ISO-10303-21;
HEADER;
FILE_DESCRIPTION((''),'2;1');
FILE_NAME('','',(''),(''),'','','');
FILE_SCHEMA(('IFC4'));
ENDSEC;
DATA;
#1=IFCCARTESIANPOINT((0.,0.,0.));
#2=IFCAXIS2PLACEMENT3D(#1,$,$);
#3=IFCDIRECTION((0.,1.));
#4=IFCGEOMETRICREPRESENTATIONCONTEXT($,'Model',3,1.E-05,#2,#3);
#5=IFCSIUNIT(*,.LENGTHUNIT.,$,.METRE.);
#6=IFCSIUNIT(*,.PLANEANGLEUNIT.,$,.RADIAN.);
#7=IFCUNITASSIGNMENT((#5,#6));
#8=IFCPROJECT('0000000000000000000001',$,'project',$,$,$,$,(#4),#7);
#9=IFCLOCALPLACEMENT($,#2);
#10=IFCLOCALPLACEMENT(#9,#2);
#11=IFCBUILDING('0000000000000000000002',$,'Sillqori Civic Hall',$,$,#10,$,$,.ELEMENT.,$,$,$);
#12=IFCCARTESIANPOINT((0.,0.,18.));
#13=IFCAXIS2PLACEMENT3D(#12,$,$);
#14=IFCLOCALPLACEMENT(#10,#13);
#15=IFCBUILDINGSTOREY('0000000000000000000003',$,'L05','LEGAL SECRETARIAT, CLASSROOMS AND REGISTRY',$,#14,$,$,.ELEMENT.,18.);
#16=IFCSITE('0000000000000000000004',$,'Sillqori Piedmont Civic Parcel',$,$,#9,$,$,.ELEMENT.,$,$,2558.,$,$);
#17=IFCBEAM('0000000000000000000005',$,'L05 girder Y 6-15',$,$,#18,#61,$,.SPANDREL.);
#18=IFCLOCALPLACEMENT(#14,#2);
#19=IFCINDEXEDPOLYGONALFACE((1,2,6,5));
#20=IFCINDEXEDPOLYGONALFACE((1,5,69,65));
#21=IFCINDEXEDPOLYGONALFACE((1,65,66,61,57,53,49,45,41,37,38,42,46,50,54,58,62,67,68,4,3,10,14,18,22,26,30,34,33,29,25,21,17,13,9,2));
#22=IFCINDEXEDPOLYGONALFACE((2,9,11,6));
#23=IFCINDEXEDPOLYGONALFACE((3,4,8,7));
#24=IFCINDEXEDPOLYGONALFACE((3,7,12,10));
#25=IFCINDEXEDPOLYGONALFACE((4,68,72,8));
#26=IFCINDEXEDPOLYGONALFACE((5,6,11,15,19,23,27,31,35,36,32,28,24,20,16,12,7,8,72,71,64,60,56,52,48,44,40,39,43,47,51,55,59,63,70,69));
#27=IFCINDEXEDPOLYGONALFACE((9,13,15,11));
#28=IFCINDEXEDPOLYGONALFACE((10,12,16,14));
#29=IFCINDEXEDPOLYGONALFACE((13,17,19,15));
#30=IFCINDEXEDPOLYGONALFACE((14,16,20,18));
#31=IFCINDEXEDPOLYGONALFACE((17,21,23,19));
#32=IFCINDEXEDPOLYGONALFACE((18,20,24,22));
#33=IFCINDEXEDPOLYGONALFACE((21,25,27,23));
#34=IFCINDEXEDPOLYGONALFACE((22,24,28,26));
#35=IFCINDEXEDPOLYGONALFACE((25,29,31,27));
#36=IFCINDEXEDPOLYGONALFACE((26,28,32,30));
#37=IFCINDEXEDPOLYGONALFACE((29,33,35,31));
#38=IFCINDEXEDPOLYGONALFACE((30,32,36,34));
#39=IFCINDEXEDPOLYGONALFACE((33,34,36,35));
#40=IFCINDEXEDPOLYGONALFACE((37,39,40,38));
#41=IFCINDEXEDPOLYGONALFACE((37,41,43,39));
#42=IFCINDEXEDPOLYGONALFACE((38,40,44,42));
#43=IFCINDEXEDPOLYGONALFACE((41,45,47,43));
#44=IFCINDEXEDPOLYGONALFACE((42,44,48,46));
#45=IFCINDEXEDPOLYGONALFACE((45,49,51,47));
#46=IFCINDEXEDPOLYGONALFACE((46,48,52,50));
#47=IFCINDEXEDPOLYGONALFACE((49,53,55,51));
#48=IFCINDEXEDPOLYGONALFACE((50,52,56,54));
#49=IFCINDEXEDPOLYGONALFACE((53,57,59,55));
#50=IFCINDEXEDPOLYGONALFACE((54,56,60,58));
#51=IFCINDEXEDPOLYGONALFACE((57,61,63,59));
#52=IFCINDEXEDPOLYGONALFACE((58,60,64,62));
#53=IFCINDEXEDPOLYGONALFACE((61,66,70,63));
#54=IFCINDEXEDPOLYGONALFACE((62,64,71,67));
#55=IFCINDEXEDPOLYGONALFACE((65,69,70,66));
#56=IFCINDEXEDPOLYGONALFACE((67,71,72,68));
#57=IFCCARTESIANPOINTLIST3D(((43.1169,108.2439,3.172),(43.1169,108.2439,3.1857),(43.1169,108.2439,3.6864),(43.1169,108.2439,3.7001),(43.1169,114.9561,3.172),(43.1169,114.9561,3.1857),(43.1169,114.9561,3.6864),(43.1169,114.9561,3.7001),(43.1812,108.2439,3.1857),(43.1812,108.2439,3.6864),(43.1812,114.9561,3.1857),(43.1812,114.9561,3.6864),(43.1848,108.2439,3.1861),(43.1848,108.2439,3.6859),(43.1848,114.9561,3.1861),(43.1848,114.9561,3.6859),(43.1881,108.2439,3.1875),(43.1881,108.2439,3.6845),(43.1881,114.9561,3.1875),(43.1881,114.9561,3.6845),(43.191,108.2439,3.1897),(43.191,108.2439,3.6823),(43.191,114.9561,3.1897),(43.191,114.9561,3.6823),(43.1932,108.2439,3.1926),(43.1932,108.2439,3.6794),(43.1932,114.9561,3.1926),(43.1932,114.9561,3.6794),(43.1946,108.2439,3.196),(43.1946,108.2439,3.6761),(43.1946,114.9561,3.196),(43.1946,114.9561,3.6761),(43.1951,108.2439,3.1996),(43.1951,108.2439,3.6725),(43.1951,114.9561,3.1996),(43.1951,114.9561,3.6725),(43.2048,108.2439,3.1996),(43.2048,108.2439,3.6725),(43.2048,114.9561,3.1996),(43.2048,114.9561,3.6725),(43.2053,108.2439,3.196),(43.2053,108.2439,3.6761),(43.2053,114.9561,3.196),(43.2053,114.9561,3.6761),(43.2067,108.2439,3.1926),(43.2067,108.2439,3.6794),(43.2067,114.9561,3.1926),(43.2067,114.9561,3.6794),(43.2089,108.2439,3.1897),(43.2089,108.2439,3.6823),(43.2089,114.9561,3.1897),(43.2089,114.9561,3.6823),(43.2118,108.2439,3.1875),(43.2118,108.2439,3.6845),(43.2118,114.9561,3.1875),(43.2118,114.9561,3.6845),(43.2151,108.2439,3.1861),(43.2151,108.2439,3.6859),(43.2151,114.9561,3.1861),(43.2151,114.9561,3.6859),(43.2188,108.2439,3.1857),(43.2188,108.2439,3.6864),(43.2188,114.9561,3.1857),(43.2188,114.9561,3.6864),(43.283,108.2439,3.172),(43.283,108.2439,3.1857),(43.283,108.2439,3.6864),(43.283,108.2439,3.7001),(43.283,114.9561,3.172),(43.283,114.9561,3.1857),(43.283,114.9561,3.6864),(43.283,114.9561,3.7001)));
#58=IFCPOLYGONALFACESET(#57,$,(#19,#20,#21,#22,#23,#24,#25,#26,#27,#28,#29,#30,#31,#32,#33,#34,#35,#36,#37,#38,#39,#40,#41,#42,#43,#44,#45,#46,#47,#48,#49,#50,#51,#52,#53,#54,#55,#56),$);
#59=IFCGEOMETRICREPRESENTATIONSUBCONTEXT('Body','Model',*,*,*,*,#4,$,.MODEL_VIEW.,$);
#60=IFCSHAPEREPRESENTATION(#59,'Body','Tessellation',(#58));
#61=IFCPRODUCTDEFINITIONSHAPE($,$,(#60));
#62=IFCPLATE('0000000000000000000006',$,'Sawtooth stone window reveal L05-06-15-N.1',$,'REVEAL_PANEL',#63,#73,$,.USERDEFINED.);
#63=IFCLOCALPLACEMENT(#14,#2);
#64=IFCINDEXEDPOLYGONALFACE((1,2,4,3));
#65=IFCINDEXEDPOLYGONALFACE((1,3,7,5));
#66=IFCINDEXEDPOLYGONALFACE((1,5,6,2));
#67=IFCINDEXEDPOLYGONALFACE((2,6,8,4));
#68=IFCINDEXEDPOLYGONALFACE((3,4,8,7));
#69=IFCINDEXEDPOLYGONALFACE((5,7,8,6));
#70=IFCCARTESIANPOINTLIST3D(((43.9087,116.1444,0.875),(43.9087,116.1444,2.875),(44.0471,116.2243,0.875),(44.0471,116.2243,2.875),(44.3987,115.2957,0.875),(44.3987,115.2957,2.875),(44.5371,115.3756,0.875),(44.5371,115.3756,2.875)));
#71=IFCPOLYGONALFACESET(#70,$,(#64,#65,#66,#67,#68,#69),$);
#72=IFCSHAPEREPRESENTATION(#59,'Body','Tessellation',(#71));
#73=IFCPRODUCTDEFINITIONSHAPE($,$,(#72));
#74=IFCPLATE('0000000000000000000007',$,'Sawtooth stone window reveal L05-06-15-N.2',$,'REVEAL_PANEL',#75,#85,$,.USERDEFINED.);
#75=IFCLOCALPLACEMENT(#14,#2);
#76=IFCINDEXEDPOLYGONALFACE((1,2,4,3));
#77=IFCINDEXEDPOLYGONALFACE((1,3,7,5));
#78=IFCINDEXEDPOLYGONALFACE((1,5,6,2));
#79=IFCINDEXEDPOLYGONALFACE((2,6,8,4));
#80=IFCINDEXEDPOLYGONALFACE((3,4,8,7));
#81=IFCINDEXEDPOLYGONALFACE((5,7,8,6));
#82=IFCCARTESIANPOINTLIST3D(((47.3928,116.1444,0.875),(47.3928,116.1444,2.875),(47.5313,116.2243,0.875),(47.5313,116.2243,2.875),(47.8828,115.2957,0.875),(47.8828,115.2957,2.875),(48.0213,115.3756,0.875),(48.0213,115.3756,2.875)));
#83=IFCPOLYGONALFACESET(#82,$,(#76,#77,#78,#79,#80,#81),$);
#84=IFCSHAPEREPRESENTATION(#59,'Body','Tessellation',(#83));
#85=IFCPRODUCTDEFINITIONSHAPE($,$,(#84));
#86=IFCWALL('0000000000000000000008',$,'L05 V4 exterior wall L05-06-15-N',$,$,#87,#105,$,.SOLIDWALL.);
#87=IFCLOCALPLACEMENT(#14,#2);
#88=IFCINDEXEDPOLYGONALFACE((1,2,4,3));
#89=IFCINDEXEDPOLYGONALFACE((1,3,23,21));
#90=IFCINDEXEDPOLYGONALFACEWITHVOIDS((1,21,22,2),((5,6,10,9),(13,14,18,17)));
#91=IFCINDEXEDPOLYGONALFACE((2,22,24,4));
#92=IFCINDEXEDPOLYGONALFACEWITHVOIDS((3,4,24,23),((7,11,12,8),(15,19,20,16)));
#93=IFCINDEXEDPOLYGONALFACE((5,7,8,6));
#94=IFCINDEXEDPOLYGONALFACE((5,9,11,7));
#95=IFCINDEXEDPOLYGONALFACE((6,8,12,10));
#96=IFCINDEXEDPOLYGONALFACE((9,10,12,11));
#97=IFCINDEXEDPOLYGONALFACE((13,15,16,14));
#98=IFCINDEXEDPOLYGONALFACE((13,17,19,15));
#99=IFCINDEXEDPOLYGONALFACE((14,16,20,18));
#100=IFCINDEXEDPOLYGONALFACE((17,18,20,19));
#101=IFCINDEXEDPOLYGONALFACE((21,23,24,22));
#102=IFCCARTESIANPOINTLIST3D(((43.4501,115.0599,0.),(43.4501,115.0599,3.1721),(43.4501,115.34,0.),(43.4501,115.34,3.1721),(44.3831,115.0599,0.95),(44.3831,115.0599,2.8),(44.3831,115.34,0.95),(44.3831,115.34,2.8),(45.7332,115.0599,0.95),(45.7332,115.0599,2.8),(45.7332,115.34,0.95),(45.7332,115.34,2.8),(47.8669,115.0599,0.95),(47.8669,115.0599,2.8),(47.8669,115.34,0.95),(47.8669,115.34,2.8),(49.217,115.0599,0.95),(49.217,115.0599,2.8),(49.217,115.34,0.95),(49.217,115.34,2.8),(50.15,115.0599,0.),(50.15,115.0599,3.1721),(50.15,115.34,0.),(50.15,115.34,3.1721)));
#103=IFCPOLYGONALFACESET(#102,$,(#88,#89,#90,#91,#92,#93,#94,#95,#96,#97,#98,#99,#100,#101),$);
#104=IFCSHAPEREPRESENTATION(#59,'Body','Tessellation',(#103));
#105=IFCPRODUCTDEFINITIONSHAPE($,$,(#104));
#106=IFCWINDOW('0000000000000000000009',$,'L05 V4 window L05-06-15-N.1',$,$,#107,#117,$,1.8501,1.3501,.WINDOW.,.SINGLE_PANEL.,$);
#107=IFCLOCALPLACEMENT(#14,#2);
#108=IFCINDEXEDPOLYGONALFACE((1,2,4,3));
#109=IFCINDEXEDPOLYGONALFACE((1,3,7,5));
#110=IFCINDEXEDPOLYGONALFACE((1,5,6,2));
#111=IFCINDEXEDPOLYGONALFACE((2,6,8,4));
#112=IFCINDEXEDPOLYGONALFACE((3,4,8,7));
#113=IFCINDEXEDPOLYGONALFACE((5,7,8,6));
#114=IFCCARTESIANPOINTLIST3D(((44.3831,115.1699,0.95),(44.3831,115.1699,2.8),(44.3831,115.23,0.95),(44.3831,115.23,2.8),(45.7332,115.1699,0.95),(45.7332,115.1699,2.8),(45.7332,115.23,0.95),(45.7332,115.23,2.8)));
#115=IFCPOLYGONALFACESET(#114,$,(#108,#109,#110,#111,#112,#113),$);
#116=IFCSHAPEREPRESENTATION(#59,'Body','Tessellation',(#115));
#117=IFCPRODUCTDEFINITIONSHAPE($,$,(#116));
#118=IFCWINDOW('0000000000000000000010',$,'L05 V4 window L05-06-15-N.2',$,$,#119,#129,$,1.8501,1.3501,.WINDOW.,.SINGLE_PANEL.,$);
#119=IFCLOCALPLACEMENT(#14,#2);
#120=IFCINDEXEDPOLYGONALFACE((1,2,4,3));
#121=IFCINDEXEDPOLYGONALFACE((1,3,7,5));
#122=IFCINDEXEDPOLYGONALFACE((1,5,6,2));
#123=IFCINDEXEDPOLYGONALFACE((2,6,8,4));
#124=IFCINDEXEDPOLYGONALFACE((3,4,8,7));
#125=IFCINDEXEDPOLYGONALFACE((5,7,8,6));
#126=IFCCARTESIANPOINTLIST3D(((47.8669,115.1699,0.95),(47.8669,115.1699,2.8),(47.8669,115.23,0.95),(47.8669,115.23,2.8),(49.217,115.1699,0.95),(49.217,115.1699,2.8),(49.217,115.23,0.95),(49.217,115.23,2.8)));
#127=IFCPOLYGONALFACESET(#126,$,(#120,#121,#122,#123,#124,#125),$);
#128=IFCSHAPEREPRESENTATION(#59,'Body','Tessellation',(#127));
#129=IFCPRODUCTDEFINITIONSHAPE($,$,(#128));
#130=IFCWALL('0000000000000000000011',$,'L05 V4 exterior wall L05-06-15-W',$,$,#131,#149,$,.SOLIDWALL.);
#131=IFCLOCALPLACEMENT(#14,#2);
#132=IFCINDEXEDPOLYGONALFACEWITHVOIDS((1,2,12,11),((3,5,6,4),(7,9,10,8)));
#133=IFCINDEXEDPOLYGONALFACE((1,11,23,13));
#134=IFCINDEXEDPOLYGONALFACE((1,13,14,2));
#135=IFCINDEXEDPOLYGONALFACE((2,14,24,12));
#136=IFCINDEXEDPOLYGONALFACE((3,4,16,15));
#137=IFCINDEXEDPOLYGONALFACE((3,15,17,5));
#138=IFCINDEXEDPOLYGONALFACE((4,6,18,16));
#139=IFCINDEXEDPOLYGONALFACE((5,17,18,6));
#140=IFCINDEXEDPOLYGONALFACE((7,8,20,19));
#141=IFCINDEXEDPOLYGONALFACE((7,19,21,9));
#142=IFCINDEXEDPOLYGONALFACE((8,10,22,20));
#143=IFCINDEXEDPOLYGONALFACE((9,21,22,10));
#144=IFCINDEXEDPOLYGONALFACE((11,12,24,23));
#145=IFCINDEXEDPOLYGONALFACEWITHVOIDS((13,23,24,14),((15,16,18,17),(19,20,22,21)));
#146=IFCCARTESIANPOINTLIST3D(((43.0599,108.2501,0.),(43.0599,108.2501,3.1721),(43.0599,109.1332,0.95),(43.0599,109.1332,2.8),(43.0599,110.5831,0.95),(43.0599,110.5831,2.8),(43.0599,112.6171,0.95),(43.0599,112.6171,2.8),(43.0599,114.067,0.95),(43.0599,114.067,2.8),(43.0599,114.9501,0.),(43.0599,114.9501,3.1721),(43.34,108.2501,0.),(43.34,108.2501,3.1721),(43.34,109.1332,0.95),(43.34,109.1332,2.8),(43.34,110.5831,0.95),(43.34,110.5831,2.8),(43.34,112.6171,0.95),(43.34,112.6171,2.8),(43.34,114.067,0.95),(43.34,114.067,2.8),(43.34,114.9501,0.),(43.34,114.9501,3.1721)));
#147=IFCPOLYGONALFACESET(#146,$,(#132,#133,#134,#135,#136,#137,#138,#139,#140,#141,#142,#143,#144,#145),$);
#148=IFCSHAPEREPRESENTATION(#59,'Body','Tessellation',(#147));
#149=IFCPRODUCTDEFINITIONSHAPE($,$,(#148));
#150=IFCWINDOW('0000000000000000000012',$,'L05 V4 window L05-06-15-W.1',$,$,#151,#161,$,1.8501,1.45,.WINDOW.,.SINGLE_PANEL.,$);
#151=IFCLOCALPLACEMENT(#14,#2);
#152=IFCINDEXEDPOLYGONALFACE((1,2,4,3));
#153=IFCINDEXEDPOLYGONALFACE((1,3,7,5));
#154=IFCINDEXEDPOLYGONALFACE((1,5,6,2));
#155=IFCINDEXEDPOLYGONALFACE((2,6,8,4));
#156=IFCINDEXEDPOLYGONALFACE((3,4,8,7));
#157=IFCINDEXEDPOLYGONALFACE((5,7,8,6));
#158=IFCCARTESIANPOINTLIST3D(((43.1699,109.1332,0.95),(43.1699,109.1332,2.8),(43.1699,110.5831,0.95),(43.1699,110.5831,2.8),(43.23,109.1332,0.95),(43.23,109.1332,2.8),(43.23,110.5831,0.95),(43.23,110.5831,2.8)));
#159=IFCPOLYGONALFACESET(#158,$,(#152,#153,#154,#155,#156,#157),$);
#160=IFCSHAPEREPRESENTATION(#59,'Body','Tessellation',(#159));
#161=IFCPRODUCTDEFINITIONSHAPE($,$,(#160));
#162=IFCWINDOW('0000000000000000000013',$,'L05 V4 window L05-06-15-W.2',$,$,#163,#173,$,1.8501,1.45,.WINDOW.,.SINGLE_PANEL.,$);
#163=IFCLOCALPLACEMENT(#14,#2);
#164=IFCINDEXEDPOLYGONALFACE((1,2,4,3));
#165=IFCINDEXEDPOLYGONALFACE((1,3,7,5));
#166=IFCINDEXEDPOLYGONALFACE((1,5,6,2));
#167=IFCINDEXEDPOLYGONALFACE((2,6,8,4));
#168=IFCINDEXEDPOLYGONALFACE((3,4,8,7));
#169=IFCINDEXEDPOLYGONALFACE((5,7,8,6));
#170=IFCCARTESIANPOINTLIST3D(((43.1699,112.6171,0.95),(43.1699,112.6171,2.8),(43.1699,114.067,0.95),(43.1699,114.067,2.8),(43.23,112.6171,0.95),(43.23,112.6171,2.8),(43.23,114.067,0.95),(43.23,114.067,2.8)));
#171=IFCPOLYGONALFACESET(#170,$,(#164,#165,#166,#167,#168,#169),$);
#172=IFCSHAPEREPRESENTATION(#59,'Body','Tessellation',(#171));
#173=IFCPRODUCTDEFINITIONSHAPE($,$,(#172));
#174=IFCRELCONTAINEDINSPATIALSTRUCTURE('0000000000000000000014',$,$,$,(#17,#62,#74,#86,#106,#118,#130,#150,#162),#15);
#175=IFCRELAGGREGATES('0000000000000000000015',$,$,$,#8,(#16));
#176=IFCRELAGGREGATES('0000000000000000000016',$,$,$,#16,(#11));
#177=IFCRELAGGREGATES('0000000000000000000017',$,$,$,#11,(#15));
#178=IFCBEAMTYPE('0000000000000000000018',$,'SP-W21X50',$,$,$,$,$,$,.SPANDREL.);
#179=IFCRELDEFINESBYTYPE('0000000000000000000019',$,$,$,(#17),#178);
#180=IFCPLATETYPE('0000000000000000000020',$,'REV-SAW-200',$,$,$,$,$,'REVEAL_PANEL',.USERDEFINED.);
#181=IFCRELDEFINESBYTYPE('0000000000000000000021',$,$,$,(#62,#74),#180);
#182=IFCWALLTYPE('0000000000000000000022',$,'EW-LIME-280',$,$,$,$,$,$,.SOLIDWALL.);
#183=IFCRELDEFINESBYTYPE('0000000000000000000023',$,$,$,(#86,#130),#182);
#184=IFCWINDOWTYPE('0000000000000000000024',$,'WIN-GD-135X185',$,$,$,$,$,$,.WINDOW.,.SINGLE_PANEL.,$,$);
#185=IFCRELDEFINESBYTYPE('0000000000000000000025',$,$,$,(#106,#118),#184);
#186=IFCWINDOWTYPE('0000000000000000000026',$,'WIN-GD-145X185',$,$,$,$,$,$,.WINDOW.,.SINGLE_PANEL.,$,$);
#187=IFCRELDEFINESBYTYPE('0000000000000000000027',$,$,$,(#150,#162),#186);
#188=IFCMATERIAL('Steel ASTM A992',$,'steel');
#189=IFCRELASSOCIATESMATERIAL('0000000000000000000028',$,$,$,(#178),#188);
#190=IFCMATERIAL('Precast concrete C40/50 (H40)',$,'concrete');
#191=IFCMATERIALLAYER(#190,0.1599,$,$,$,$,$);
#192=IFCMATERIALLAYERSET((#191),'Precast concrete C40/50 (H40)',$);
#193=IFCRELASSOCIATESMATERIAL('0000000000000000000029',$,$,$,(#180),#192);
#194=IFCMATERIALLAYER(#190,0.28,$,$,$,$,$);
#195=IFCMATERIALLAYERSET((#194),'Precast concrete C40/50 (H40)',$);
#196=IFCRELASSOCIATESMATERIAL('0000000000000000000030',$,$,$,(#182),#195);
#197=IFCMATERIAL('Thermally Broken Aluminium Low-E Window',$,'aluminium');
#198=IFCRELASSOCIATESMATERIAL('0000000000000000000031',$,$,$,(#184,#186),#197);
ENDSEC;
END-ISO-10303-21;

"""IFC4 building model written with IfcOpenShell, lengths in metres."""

from ifc_helpers import new_model, si_unit, direction, frame, frame_2d, origin, origin_2d, place, context, subcontext, project, spatial, rectangle, i_section, extrude, material, layer, layer_set, material_profile, profile_set, type_object, element, fill, save


model = new_model("IFC4")

# Units and contexts
model_context = context("Model", 3, precision=1e-05, world=origin(), true_north=direction((0.0, 1.0)))
body_context = subcontext(model_context, "Body", "Model", "MODEL_VIEW")
ifc_project = project(units=[si_unit("LENGTHUNIT", "METRE"), si_unit("PLANEANGLEUNIT", "RADIAN")], contexts=[model_context])

# Site, building, storey
site_placement = place(None, origin())
site = spatial("IfcSite", under=ifc_project, at=site_placement, Name="Sillqori Piedmont Civic Parcel", CompositionType="ELEMENT", RefElevation=2558.0)
building_placement = place(site_placement, origin())
building = spatial("IfcBuilding", under=site, at=building_placement, Name="Sillqori Civic Hall", CompositionType="ELEMENT")
storey_placement = place(building_placement, frame((0.0, 0.0, 18.0)))
storey = spatial("IfcBuildingStorey", under=building, at=storey_placement, Name="L05", Description="LEGAL SECRETARIAT, CLASSROOMS AND REGISTRY", CompositionType="ELEMENT", Elevation=18.0)

# Beam
ifc_material_1 = material(Name="Steel ASTM A992", Category="steel")
ifc_material_profile_1 = material_profile(ifc_material_1, i_section(OverallWidth=0.166, OverallDepth=0.5281, WebThickness=0.0098, FlangeThickness=0.0137, FilletRadius=0.0139, at=origin_2d()), Name="W21X50")
ifc_profile_set_1 = profile_set([ifc_material_profile_1], Name="Steel ASTM A992")
beam_type_1 = type_object("IfcBeamType", Name="SP-W21X50", PredefinedType="SPANDREL", material=ifc_profile_set_1)
beam_1_placement = place(storey_placement, frame((43.2, 108.2439, 3.436), z_axis=(0.0, 1.0, 0.0), x_axis=(-1.0, 0.0, 0.0)))
element("IfcBeam", 1, at=beam_1_placement, inside=storey, type_object=beam_type_1, Name="L05 girder Y 6-15", PredefinedType="SPANDREL", context=body_context, shape_type="SweptSolid", body=[
    extrude(i_section(OverallWidth=0.166, OverallDepth=0.5281, WebThickness=0.0098, FlangeThickness=0.0137, FilletRadius=0.0139, at=origin_2d()), origin(), (0.0, 0.0, 1.0), 6.7122),
])

# Plates
ifc_material_2 = material(Name="Precast concrete C40/50 (H40)", Category="concrete")
ifc_layer_1 = layer(ifc_material_2, 0.1599)
ifc_layer_set_1 = layer_set([ifc_layer_1], Name="Precast concrete C40/50 (H40)")
plate_type = type_object("IfcPlateType", Name="REV-SAW-200", ElementType="REVEAL_PANEL", PredefinedType="USERDEFINED", material=ifc_layer_set_1)
for number, where, z_axis, x_axis, name in (
    (2, (44.2229, 115.76, 0.875), (0.0, 0.0, 1.0), (0.866025, 0.5, 0.0), "Sawtooth stone window reveal L05-06-15-N.1"),
    (3, (47.707, 115.76, 0.875), (0.0, 0.0, 1.0), (0.866025, 0.5, 0.0), "Sawtooth stone window reveal L05-06-15-N.2"),
):
    element("IfcPlate", number, at=place(storey_placement, frame(where, z_axis=z_axis, x_axis=x_axis)), inside=storey, type_object=plate_type, Name=name, ObjectType="REVEAL_PANEL", PredefinedType="USERDEFINED", context=body_context, shape_type="SweptSolid", body=[
        extrude(rectangle(XDim=0.1599, YDim=0.98, at=origin_2d()), origin(), (0.0, 0.0, 1.0), 2.0),
    ])

# Walls, openings, windows
ifc_layer_2 = layer(ifc_material_2, 0.28)
ifc_layer_set_2 = layer_set([ifc_layer_2], Name="Precast concrete C40/50 (H40)")
wall_type_1 = type_object("IfcWallType", Name="EW-LIME-280", PredefinedType="SOLIDWALL", material=ifc_layer_set_2)
wall_1_placement = place(storey_placement, frame((43.45, 115.2, 0.0), z_axis=(0.0, 0.0, 1.0), x_axis=(1.0, 0.0, 0.0)))
wall_1 = element("IfcWall", 4, at=wall_1_placement, inside=storey, type_object=wall_type_1, Name="L05 V4 exterior wall L05-06-15-N", PredefinedType="SOLIDWALL", context=body_context, shape_type="SweptSolid", body=[
    extrude(rectangle(XDim=6.7, YDim=0.28, at=frame_2d((3.3501, 0.0))), origin(), (0.0, 0.0, 1.0), 3.1721),
])
opening_1_placement = place(wall_1_placement, frame((0.9331, 0.0, 0.95)))
opening_1 = element("IfcOpeningElement", 5, at=opening_1_placement, cuts=wall_1, PredefinedType="OPENING", context=body_context, shape_type="SweptSolid", body=[
    extrude(rectangle(XDim=1.3501, YDim=1.8501, at=frame_2d((0.675, 0.925))), frame((0.0, 0.1499, 0.0), z_axis=(0.0, -1.0, 0.0), x_axis=(1.0, 0.0, 0.0)), (0.0, 0.0, 1.0), 0.3),
])
opening_2_placement = place(wall_1_placement, frame((4.417, 0.0, 0.95)))
opening_2 = element("IfcOpeningElement", 6, at=opening_2_placement, cuts=wall_1, PredefinedType="OPENING", context=body_context, shape_type="SweptSolid", body=[
    extrude(rectangle(XDim=1.3501, YDim=1.8501, at=frame_2d((0.675, 0.925))), frame((0.0, 0.1499, 0.0), z_axis=(0.0, -1.0, 0.0), x_axis=(1.0, 0.0, 0.0)), (0.0, 0.0, 1.0), 0.3),
])
ifc_material_3 = material(Name="Thermally Broken Aluminium Low-E Window", Category="aluminium")
window_type_1 = type_object("IfcWindowType", Name="WIN-GD-135X185", PartitioningType="SINGLE_PANEL", PredefinedType="WINDOW", material=ifc_material_3)
window_1_placement = place(opening_1_placement, origin())
window_1 = element("IfcWindow", 7, at=window_1_placement, inside=storey, type_object=window_type_1, Name="L05 V4 window L05-06-15-N.1", OverallHeight=1.8501, OverallWidth=1.3501, PartitioningType="SINGLE_PANEL", PredefinedType="WINDOW", context=body_context, shape_type="SweptSolid", body=[
    extrude(rectangle(XDim=1.3501, YDim=1.8501, at=frame_2d((0.675, 0.925))), frame((0.0, 0.03, 0.0), z_axis=(0.0, -1.0, 0.0), x_axis=(1.0, 0.0, 0.0)), (0.0, 0.0, 1.0), 0.0601),
])
fill(opening_1, window_1)
window_2_placement = place(opening_2_placement, origin())
window_2 = element("IfcWindow", 8, at=window_2_placement, inside=storey, type_object=window_type_1, Name="L05 V4 window L05-06-15-N.2", OverallHeight=1.8501, OverallWidth=1.3501, PartitioningType="SINGLE_PANEL", PredefinedType="WINDOW", context=body_context, shape_type="SweptSolid", body=[
    extrude(rectangle(XDim=1.3501, YDim=1.8501, at=frame_2d((0.675, 0.925))), frame((0.0, 0.03, 0.0), z_axis=(0.0, -1.0, 0.0), x_axis=(1.0, 0.0, 0.0)), (0.0, 0.0, 1.0), 0.0601),
])
fill(opening_2, window_2)
wall_2_placement = place(storey_placement, frame((43.2, 108.25, 0.0), z_axis=(0.0, 0.0, 1.0), x_axis=(0.0, 1.0, 0.0)))
wall_2 = element("IfcWall", 9, at=wall_2_placement, inside=storey, type_object=wall_type_1, Name="L05 V4 exterior wall L05-06-15-W", PredefinedType="SOLIDWALL", context=body_context, shape_type="SweptSolid", body=[
    extrude(rectangle(XDim=6.7, YDim=0.28, at=frame_2d((3.3501, 0.0))), origin(), (0.0, 0.0, 1.0), 3.1721),
])
opening_3_placement = place(wall_2_placement, frame((0.8831, 0.0, 0.95)))
opening_3 = element("IfcOpeningElement", 10, at=opening_3_placement, cuts=wall_2, PredefinedType="OPENING", context=body_context, shape_type="SweptSolid", body=[
    extrude(rectangle(XDim=1.45, YDim=1.8501, at=frame_2d((0.7251, 0.925))), frame((0.0, 0.1499, 0.0), z_axis=(0.0, -1.0, 0.0), x_axis=(1.0, 0.0, 0.0)), (0.0, 0.0, 1.0), 0.3),
])
opening_4_placement = place(wall_2_placement, frame((4.3669, 0.0, 0.95)))
opening_4 = element("IfcOpeningElement", 11, at=opening_4_placement, cuts=wall_2, PredefinedType="OPENING", context=body_context, shape_type="SweptSolid", body=[
    extrude(rectangle(XDim=1.45, YDim=1.8501, at=frame_2d((0.7251, 0.925))), frame((0.0, 0.1499, 0.0), z_axis=(0.0, -1.0, 0.0), x_axis=(1.0, 0.0, 0.0)), (0.0, 0.0, 1.0), 0.3),
])
window_type_2 = type_object("IfcWindowType", Name="WIN-GD-145X185", PartitioningType="SINGLE_PANEL", PredefinedType="WINDOW", material=ifc_material_3)
window_3_placement = place(opening_3_placement, origin())
window_3 = element("IfcWindow", 12, at=window_3_placement, inside=storey, type_object=window_type_2, Name="L05 V4 window L05-06-15-W.1", OverallHeight=1.8501, OverallWidth=1.45, PartitioningType="SINGLE_PANEL", PredefinedType="WINDOW", context=body_context, shape_type="SweptSolid", body=[
    extrude(rectangle(XDim=1.45, YDim=1.8501, at=frame_2d((0.7251, 0.925))), frame((0.0, 0.03, 0.0), z_axis=(0.0, -1.0, 0.0), x_axis=(1.0, 0.0, 0.0)), (0.0, 0.0, 1.0), 0.0601),
])
fill(opening_3, window_3)
window_4_placement = place(opening_4_placement, origin())
window_4 = element("IfcWindow", 13, at=window_4_placement, inside=storey, type_object=window_type_2, Name="L05 V4 window L05-06-15-W.2", OverallHeight=1.8501, OverallWidth=1.45, PartitioningType="SINGLE_PANEL", PredefinedType="WINDOW", context=body_context, shape_type="SweptSolid", body=[
    extrude(rectangle(XDim=1.45, YDim=1.8501, at=frame_2d((0.7251, 0.925))), frame((0.0, 0.03, 0.0), z_axis=(0.0, -1.0, 0.0), x_axis=(1.0, 0.0, 0.0)), (0.0, 0.0, 1.0), 0.0601),
])
fill(opening_4, window_4)

save(model, "model.ifc")
